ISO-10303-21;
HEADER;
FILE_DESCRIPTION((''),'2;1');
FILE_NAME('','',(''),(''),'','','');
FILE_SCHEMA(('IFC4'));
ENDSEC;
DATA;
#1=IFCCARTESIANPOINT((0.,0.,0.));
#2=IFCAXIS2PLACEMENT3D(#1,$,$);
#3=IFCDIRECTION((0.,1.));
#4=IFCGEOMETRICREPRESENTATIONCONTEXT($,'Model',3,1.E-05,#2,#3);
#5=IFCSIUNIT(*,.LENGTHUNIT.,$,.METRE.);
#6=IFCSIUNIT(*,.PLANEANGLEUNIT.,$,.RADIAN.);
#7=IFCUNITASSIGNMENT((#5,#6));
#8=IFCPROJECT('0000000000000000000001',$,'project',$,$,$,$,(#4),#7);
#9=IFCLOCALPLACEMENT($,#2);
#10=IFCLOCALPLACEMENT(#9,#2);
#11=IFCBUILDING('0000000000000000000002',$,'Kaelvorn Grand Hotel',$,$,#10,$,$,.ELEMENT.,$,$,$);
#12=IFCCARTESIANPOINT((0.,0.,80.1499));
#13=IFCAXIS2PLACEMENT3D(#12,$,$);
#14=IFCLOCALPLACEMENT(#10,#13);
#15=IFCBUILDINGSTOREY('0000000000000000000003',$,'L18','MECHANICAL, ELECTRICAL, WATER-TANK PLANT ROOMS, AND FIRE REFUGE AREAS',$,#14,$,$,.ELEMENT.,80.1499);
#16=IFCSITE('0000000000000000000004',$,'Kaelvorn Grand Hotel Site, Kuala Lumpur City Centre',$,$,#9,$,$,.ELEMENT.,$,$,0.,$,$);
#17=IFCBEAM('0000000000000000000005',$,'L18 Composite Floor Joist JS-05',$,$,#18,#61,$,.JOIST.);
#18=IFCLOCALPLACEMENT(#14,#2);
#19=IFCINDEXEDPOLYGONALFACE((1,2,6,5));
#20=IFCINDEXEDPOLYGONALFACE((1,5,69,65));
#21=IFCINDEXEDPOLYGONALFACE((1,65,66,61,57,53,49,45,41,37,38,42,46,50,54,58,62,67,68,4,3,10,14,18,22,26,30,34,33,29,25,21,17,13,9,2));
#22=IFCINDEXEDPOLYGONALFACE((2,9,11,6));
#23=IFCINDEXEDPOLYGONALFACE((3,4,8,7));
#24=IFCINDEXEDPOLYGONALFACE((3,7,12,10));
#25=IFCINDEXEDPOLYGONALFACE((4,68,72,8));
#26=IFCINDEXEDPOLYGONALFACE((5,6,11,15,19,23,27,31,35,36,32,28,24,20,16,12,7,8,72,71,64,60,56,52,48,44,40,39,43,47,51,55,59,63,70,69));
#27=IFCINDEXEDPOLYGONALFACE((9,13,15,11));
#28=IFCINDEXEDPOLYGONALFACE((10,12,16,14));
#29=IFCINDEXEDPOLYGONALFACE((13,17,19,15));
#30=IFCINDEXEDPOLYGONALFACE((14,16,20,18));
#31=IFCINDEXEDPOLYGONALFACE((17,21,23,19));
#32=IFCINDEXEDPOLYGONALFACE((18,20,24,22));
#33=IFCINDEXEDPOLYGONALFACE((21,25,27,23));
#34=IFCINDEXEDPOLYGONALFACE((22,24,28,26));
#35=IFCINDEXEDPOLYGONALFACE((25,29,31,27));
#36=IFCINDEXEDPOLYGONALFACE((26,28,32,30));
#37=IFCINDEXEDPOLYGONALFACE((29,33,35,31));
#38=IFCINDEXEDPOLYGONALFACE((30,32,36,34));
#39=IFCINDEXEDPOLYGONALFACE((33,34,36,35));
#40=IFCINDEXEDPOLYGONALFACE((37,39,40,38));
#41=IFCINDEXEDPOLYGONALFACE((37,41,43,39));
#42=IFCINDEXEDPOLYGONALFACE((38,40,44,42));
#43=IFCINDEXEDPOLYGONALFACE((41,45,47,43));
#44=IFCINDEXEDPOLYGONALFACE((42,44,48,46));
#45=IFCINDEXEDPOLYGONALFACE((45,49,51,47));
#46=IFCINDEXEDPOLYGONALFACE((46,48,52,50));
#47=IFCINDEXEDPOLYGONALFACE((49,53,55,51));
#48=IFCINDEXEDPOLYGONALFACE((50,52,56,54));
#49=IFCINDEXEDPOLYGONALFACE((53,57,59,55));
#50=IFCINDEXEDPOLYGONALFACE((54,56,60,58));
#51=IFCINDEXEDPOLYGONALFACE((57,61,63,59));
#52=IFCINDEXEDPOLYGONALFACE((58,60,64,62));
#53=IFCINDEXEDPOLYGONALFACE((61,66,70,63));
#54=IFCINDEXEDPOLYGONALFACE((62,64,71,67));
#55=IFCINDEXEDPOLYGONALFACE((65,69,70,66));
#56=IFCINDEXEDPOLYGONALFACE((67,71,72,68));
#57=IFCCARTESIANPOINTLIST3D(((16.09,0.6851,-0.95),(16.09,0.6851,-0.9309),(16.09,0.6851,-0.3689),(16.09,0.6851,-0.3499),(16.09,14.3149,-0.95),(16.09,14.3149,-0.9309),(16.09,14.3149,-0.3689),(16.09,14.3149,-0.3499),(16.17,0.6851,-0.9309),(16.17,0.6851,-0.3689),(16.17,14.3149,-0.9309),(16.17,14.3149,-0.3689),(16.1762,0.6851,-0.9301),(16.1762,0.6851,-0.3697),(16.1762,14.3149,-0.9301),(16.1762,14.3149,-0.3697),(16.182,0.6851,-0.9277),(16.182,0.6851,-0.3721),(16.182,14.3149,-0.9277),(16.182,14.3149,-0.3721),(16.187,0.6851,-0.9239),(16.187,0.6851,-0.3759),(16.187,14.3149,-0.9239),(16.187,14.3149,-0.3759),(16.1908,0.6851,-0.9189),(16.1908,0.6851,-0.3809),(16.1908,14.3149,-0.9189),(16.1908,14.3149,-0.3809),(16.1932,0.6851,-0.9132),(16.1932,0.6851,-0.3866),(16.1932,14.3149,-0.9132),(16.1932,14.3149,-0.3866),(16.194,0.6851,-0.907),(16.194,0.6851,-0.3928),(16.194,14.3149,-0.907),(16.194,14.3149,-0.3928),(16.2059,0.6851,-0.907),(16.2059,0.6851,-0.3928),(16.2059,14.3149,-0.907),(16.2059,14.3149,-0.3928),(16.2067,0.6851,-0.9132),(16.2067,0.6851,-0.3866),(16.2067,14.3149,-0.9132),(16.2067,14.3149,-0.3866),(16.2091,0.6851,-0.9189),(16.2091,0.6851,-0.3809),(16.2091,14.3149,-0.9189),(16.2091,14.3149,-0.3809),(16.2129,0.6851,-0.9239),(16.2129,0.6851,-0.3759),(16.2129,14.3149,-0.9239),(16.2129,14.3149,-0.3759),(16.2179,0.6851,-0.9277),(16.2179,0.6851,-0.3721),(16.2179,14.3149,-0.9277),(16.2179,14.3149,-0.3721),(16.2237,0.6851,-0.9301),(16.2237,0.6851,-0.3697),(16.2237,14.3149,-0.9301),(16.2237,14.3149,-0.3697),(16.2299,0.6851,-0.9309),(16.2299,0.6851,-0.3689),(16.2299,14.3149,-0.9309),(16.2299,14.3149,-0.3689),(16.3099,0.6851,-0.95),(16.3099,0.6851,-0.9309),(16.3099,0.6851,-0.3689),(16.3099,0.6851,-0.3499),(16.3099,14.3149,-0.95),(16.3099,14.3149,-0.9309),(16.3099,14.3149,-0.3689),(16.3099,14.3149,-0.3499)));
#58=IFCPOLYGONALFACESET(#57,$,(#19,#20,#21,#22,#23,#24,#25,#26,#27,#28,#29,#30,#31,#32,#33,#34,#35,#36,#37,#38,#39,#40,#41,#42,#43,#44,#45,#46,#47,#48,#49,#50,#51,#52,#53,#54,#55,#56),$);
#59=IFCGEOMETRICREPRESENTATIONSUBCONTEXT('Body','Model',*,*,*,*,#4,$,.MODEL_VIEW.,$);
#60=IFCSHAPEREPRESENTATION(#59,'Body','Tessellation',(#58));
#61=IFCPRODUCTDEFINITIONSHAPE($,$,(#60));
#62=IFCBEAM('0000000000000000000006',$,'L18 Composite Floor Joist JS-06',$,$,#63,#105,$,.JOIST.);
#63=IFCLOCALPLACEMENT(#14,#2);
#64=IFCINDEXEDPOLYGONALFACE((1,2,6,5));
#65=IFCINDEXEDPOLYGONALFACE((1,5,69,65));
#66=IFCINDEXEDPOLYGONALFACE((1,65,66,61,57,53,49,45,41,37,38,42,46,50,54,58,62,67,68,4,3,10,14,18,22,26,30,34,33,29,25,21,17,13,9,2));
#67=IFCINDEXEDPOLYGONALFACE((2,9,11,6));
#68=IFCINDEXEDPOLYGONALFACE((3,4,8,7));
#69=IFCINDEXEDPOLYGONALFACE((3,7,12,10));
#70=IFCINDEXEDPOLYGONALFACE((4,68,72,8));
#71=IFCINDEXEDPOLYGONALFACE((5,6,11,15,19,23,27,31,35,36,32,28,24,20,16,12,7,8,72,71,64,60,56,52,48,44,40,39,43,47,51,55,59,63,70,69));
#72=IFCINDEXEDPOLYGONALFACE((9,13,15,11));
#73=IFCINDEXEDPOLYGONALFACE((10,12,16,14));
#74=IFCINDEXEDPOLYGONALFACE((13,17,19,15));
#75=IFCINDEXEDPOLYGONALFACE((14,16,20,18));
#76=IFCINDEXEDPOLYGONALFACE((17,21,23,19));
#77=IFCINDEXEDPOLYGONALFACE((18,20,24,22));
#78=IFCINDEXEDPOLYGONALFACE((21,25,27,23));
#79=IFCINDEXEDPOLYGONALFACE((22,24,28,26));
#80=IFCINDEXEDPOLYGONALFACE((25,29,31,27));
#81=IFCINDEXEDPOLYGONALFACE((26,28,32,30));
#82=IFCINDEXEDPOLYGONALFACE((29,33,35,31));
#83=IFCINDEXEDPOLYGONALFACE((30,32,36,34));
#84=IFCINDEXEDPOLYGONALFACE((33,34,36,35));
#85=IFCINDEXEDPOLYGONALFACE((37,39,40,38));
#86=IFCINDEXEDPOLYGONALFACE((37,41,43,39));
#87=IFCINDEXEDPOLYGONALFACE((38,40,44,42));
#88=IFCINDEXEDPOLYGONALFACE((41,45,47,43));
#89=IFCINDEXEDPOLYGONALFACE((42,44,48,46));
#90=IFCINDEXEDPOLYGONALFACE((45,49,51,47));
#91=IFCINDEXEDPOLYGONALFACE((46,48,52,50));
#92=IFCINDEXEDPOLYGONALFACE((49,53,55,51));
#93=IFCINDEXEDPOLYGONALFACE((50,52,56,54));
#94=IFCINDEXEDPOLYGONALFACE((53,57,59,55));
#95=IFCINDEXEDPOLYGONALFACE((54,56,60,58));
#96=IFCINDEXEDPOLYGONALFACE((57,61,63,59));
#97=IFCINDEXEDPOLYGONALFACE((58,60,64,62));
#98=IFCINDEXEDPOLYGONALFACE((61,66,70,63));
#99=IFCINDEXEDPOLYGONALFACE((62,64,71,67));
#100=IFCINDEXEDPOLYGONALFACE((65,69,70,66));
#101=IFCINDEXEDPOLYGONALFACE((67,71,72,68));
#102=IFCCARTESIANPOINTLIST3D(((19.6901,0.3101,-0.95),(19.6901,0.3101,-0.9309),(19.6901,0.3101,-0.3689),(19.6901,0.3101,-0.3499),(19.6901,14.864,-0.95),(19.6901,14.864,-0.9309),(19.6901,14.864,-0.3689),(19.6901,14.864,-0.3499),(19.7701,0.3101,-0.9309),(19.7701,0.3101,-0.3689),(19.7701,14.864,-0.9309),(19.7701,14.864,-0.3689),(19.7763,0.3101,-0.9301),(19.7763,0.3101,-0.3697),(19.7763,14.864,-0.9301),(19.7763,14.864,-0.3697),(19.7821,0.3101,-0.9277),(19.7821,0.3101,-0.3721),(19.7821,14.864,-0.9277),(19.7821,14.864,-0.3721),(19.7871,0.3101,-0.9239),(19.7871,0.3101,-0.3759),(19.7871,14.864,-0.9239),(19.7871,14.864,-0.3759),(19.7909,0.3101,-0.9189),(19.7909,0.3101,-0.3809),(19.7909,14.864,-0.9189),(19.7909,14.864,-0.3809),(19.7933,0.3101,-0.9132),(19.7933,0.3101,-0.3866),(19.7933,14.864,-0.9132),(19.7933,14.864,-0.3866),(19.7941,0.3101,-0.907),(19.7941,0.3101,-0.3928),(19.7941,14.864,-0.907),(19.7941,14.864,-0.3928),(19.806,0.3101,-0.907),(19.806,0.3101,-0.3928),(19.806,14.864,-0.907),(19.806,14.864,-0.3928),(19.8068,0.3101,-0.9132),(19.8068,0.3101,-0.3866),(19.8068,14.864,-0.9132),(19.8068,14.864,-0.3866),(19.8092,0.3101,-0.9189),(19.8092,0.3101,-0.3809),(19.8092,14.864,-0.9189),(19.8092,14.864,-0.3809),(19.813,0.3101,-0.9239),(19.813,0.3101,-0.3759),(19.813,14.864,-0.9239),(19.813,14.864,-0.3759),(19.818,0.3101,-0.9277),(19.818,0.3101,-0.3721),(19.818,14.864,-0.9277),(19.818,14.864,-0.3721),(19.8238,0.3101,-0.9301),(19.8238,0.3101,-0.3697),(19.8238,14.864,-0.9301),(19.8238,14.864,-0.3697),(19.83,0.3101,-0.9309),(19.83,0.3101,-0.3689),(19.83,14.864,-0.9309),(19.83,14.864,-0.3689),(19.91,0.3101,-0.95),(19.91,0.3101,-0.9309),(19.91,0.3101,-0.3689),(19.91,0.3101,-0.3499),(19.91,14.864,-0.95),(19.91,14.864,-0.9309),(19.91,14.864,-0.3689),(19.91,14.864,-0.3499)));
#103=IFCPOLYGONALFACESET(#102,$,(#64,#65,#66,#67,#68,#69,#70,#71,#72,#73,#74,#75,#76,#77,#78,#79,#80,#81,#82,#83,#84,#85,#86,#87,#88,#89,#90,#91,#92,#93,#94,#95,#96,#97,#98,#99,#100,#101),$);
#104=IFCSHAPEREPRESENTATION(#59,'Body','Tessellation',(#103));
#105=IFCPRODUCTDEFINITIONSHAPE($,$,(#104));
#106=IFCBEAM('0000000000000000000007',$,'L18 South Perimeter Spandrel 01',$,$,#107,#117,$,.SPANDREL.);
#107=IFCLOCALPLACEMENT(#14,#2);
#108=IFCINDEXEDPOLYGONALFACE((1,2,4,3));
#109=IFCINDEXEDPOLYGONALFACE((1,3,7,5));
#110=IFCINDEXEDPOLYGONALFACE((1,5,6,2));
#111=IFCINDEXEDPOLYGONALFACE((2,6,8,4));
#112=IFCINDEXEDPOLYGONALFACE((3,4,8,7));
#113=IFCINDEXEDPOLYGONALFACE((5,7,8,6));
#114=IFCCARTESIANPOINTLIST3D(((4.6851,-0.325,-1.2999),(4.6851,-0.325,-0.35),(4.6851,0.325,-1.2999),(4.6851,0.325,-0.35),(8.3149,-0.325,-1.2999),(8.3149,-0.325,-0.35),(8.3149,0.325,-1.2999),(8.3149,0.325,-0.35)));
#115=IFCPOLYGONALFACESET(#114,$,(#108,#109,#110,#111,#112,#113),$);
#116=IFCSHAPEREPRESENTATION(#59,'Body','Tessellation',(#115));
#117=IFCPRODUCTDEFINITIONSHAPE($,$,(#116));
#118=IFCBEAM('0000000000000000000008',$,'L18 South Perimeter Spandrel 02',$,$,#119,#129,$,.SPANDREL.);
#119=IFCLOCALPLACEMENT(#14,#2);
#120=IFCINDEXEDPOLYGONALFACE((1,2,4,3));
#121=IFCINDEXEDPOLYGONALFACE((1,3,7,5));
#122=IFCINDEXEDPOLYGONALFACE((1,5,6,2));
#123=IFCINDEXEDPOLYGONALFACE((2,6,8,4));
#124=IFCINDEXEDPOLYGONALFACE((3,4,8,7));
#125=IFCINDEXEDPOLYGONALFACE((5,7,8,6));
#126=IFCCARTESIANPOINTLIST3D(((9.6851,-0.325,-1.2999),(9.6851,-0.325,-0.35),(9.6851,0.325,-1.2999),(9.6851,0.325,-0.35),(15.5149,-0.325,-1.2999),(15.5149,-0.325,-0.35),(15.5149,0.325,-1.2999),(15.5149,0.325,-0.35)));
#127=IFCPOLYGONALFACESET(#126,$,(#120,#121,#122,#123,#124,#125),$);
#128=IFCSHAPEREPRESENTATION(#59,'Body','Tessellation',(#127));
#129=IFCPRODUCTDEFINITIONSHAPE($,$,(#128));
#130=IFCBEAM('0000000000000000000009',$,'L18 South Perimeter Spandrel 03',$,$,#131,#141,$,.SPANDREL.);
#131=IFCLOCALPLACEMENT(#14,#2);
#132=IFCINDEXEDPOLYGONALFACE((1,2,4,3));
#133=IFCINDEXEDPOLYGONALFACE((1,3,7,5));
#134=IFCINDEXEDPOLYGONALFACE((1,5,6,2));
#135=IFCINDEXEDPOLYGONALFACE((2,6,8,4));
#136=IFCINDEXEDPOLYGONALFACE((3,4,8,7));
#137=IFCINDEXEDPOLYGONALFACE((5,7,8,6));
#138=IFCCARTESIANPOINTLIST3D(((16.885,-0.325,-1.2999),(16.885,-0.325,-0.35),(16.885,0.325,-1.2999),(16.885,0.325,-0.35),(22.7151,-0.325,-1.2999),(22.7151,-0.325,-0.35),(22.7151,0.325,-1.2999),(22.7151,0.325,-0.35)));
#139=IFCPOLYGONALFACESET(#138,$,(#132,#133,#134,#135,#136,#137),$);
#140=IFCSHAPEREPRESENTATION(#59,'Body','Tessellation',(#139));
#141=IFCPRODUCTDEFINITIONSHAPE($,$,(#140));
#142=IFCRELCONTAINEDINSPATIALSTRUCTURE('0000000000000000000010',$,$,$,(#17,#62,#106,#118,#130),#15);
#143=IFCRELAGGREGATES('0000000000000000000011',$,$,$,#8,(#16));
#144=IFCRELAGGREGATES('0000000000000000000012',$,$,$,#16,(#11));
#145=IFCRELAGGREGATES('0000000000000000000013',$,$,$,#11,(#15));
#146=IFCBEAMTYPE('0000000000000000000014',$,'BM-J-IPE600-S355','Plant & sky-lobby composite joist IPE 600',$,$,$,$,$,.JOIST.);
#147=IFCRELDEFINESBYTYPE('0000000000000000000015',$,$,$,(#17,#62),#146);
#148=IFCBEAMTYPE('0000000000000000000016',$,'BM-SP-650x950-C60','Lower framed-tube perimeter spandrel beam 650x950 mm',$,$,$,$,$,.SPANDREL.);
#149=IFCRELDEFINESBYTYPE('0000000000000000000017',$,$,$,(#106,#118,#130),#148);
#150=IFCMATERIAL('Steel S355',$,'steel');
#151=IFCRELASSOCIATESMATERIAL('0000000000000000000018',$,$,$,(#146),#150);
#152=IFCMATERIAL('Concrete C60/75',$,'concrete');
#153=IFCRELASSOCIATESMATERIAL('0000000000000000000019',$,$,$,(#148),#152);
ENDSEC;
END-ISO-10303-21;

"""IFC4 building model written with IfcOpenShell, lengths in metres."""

from ifc_helpers import new_model, si_unit, direction, frame, origin, origin_2d, place, context, subcontext, project, spatial, rectangle, i_section, extrude, material, material_profile, profile_set, type_object, element, save


model = new_model("IFC4")

# Units and contexts
model_context = context("Model", 3, precision=1e-05, world=origin(), true_north=direction((0.0, 1.0)))
body_context = subcontext(model_context, "Body", "Model", "MODEL_VIEW")
ifc_project = project(units=[si_unit("LENGTHUNIT", "METRE"), si_unit("PLANEANGLEUNIT", "RADIAN")], contexts=[model_context])

# Site, building, storey
site_placement = place(None, origin())
site = spatial("IfcSite", under=ifc_project, at=site_placement, Name="Kaelvorn Grand Hotel Site, Kuala Lumpur City Centre", CompositionType="ELEMENT", RefElevation=0.0)
building_placement = place(site_placement, origin())
building = spatial("IfcBuilding", under=site, at=building_placement, Name="Kaelvorn Grand Hotel", CompositionType="ELEMENT")
storey_placement = place(building_placement, frame((0.0, 0.0, 80.1499)))
storey = spatial("IfcBuildingStorey", under=building, at=storey_placement, Name="L18", Description="MECHANICAL, ELECTRICAL, WATER-TANK PLANT ROOMS, AND FIRE REFUGE AREAS", CompositionType="ELEMENT", Elevation=80.1499)

# Beams
ifc_material_1 = material(Name="Steel S355", Category="steel")
ifc_material_profile_1 = material_profile(ifc_material_1, i_section(OverallWidth=0.22, OverallDepth=0.6001, WebThickness=0.012, FlangeThickness=0.019, FilletRadius=0.0239, at=origin_2d()), Name="IPE 600")
ifc_profile_set_1 = profile_set([ifc_material_profile_1], Name="Steel S355")
beam_type_1 = type_object("IfcBeamType", Name="BM-J-IPE600-S355", Description="Plant & sky-lobby composite joist IPE 600", PredefinedType="JOIST", material=ifc_profile_set_1)
beam_1_placement = place(storey_placement, frame((16.2, 0.6851, -0.6499), z_axis=(0.0, 1.0, 0.0), x_axis=(-1.0, 0.0, 0.0)))
element("IfcBeam", 1, at=beam_1_placement, inside=storey, type_object=beam_type_1, Name="L18 Composite Floor Joist JS-05", PredefinedType="JOIST", context=body_context, shape_type="SweptSolid", body=[
    extrude(i_section(OverallWidth=0.22, OverallDepth=0.6001, WebThickness=0.012, FlangeThickness=0.019, FilletRadius=0.0239, at=origin_2d()), origin(), (0.0, 0.0, 1.0), 13.6299),
])
beam_2_placement = place(storey_placement, frame((19.8, 0.3101, -0.6499), z_axis=(0.0, 1.0, 0.0), x_axis=(-1.0, 0.0, 0.0)))
element("IfcBeam", 2, at=beam_2_placement, inside=storey, type_object=beam_type_1, Name="L18 Composite Floor Joist JS-06", PredefinedType="JOIST", context=body_context, shape_type="SweptSolid", body=[
    extrude(i_section(OverallWidth=0.22, OverallDepth=0.6001, WebThickness=0.012, FlangeThickness=0.019, FilletRadius=0.0239, at=origin_2d()), origin(), (0.0, 0.0, 1.0), 14.554),
])
ifc_material_2 = material(Name="Concrete C60/75", Category="concrete")
ifc_material_profile_2 = material_profile(ifc_material_2, rectangle(XDim=0.6499, YDim=0.95, at=origin_2d()), Name="RC SPANDREL 650x950")
ifc_profile_set_2 = profile_set([ifc_material_profile_2], Name="Concrete C60/75")
beam_type_2 = type_object("IfcBeamType", Name="BM-SP-650x950-C60", Description="Lower framed-tube perimeter spandrel beam 650x950 mm", PredefinedType="SPANDREL", material=ifc_profile_set_2)
beam_3_placement = place(storey_placement, frame((4.6851, 0.0, -0.825), z_axis=(1.0, 0.0, 0.0), x_axis=(0.0, 1.0, 0.0)))
element("IfcBeam", 3, at=beam_3_placement, inside=storey, type_object=beam_type_2, Name="L18 South Perimeter Spandrel 01", PredefinedType="SPANDREL", context=body_context, shape_type="SweptSolid", body=[
    extrude(rectangle(XDim=0.6499, YDim=0.95, at=origin_2d()), origin(), (0.0, 0.0, 1.0), 3.6299),
])
beam_4_placement = place(storey_placement, frame((9.6851, 0.0, -0.825), z_axis=(1.0, 0.0, 0.0), x_axis=(0.0, 1.0, 0.0)))
element("IfcBeam", 4, at=beam_4_placement, inside=storey, type_object=beam_type_2, Name="L18 South Perimeter Spandrel 02", PredefinedType="SPANDREL", context=body_context, shape_type="SweptSolid", body=[
    extrude(rectangle(XDim=0.6499, YDim=0.95, at=origin_2d()), origin(), (0.0, 0.0, 1.0), 5.8298),
])
beam_5_placement = place(storey_placement, frame((16.885, 0.0, -0.825), z_axis=(1.0, 0.0, 0.0), x_axis=(0.0, 1.0, 0.0)))
element("IfcBeam", 5, at=beam_5_placement, inside=storey, type_object=beam_type_2, Name="L18 South Perimeter Spandrel 03", PredefinedType="SPANDREL", context=body_context, shape_type="SweptSolid", body=[
    extrude(rectangle(XDim=0.6499, YDim=0.95, at=origin_2d()), origin(), (0.0, 0.0, 1.0), 5.8301),
])

save(model, "model.ifc")
